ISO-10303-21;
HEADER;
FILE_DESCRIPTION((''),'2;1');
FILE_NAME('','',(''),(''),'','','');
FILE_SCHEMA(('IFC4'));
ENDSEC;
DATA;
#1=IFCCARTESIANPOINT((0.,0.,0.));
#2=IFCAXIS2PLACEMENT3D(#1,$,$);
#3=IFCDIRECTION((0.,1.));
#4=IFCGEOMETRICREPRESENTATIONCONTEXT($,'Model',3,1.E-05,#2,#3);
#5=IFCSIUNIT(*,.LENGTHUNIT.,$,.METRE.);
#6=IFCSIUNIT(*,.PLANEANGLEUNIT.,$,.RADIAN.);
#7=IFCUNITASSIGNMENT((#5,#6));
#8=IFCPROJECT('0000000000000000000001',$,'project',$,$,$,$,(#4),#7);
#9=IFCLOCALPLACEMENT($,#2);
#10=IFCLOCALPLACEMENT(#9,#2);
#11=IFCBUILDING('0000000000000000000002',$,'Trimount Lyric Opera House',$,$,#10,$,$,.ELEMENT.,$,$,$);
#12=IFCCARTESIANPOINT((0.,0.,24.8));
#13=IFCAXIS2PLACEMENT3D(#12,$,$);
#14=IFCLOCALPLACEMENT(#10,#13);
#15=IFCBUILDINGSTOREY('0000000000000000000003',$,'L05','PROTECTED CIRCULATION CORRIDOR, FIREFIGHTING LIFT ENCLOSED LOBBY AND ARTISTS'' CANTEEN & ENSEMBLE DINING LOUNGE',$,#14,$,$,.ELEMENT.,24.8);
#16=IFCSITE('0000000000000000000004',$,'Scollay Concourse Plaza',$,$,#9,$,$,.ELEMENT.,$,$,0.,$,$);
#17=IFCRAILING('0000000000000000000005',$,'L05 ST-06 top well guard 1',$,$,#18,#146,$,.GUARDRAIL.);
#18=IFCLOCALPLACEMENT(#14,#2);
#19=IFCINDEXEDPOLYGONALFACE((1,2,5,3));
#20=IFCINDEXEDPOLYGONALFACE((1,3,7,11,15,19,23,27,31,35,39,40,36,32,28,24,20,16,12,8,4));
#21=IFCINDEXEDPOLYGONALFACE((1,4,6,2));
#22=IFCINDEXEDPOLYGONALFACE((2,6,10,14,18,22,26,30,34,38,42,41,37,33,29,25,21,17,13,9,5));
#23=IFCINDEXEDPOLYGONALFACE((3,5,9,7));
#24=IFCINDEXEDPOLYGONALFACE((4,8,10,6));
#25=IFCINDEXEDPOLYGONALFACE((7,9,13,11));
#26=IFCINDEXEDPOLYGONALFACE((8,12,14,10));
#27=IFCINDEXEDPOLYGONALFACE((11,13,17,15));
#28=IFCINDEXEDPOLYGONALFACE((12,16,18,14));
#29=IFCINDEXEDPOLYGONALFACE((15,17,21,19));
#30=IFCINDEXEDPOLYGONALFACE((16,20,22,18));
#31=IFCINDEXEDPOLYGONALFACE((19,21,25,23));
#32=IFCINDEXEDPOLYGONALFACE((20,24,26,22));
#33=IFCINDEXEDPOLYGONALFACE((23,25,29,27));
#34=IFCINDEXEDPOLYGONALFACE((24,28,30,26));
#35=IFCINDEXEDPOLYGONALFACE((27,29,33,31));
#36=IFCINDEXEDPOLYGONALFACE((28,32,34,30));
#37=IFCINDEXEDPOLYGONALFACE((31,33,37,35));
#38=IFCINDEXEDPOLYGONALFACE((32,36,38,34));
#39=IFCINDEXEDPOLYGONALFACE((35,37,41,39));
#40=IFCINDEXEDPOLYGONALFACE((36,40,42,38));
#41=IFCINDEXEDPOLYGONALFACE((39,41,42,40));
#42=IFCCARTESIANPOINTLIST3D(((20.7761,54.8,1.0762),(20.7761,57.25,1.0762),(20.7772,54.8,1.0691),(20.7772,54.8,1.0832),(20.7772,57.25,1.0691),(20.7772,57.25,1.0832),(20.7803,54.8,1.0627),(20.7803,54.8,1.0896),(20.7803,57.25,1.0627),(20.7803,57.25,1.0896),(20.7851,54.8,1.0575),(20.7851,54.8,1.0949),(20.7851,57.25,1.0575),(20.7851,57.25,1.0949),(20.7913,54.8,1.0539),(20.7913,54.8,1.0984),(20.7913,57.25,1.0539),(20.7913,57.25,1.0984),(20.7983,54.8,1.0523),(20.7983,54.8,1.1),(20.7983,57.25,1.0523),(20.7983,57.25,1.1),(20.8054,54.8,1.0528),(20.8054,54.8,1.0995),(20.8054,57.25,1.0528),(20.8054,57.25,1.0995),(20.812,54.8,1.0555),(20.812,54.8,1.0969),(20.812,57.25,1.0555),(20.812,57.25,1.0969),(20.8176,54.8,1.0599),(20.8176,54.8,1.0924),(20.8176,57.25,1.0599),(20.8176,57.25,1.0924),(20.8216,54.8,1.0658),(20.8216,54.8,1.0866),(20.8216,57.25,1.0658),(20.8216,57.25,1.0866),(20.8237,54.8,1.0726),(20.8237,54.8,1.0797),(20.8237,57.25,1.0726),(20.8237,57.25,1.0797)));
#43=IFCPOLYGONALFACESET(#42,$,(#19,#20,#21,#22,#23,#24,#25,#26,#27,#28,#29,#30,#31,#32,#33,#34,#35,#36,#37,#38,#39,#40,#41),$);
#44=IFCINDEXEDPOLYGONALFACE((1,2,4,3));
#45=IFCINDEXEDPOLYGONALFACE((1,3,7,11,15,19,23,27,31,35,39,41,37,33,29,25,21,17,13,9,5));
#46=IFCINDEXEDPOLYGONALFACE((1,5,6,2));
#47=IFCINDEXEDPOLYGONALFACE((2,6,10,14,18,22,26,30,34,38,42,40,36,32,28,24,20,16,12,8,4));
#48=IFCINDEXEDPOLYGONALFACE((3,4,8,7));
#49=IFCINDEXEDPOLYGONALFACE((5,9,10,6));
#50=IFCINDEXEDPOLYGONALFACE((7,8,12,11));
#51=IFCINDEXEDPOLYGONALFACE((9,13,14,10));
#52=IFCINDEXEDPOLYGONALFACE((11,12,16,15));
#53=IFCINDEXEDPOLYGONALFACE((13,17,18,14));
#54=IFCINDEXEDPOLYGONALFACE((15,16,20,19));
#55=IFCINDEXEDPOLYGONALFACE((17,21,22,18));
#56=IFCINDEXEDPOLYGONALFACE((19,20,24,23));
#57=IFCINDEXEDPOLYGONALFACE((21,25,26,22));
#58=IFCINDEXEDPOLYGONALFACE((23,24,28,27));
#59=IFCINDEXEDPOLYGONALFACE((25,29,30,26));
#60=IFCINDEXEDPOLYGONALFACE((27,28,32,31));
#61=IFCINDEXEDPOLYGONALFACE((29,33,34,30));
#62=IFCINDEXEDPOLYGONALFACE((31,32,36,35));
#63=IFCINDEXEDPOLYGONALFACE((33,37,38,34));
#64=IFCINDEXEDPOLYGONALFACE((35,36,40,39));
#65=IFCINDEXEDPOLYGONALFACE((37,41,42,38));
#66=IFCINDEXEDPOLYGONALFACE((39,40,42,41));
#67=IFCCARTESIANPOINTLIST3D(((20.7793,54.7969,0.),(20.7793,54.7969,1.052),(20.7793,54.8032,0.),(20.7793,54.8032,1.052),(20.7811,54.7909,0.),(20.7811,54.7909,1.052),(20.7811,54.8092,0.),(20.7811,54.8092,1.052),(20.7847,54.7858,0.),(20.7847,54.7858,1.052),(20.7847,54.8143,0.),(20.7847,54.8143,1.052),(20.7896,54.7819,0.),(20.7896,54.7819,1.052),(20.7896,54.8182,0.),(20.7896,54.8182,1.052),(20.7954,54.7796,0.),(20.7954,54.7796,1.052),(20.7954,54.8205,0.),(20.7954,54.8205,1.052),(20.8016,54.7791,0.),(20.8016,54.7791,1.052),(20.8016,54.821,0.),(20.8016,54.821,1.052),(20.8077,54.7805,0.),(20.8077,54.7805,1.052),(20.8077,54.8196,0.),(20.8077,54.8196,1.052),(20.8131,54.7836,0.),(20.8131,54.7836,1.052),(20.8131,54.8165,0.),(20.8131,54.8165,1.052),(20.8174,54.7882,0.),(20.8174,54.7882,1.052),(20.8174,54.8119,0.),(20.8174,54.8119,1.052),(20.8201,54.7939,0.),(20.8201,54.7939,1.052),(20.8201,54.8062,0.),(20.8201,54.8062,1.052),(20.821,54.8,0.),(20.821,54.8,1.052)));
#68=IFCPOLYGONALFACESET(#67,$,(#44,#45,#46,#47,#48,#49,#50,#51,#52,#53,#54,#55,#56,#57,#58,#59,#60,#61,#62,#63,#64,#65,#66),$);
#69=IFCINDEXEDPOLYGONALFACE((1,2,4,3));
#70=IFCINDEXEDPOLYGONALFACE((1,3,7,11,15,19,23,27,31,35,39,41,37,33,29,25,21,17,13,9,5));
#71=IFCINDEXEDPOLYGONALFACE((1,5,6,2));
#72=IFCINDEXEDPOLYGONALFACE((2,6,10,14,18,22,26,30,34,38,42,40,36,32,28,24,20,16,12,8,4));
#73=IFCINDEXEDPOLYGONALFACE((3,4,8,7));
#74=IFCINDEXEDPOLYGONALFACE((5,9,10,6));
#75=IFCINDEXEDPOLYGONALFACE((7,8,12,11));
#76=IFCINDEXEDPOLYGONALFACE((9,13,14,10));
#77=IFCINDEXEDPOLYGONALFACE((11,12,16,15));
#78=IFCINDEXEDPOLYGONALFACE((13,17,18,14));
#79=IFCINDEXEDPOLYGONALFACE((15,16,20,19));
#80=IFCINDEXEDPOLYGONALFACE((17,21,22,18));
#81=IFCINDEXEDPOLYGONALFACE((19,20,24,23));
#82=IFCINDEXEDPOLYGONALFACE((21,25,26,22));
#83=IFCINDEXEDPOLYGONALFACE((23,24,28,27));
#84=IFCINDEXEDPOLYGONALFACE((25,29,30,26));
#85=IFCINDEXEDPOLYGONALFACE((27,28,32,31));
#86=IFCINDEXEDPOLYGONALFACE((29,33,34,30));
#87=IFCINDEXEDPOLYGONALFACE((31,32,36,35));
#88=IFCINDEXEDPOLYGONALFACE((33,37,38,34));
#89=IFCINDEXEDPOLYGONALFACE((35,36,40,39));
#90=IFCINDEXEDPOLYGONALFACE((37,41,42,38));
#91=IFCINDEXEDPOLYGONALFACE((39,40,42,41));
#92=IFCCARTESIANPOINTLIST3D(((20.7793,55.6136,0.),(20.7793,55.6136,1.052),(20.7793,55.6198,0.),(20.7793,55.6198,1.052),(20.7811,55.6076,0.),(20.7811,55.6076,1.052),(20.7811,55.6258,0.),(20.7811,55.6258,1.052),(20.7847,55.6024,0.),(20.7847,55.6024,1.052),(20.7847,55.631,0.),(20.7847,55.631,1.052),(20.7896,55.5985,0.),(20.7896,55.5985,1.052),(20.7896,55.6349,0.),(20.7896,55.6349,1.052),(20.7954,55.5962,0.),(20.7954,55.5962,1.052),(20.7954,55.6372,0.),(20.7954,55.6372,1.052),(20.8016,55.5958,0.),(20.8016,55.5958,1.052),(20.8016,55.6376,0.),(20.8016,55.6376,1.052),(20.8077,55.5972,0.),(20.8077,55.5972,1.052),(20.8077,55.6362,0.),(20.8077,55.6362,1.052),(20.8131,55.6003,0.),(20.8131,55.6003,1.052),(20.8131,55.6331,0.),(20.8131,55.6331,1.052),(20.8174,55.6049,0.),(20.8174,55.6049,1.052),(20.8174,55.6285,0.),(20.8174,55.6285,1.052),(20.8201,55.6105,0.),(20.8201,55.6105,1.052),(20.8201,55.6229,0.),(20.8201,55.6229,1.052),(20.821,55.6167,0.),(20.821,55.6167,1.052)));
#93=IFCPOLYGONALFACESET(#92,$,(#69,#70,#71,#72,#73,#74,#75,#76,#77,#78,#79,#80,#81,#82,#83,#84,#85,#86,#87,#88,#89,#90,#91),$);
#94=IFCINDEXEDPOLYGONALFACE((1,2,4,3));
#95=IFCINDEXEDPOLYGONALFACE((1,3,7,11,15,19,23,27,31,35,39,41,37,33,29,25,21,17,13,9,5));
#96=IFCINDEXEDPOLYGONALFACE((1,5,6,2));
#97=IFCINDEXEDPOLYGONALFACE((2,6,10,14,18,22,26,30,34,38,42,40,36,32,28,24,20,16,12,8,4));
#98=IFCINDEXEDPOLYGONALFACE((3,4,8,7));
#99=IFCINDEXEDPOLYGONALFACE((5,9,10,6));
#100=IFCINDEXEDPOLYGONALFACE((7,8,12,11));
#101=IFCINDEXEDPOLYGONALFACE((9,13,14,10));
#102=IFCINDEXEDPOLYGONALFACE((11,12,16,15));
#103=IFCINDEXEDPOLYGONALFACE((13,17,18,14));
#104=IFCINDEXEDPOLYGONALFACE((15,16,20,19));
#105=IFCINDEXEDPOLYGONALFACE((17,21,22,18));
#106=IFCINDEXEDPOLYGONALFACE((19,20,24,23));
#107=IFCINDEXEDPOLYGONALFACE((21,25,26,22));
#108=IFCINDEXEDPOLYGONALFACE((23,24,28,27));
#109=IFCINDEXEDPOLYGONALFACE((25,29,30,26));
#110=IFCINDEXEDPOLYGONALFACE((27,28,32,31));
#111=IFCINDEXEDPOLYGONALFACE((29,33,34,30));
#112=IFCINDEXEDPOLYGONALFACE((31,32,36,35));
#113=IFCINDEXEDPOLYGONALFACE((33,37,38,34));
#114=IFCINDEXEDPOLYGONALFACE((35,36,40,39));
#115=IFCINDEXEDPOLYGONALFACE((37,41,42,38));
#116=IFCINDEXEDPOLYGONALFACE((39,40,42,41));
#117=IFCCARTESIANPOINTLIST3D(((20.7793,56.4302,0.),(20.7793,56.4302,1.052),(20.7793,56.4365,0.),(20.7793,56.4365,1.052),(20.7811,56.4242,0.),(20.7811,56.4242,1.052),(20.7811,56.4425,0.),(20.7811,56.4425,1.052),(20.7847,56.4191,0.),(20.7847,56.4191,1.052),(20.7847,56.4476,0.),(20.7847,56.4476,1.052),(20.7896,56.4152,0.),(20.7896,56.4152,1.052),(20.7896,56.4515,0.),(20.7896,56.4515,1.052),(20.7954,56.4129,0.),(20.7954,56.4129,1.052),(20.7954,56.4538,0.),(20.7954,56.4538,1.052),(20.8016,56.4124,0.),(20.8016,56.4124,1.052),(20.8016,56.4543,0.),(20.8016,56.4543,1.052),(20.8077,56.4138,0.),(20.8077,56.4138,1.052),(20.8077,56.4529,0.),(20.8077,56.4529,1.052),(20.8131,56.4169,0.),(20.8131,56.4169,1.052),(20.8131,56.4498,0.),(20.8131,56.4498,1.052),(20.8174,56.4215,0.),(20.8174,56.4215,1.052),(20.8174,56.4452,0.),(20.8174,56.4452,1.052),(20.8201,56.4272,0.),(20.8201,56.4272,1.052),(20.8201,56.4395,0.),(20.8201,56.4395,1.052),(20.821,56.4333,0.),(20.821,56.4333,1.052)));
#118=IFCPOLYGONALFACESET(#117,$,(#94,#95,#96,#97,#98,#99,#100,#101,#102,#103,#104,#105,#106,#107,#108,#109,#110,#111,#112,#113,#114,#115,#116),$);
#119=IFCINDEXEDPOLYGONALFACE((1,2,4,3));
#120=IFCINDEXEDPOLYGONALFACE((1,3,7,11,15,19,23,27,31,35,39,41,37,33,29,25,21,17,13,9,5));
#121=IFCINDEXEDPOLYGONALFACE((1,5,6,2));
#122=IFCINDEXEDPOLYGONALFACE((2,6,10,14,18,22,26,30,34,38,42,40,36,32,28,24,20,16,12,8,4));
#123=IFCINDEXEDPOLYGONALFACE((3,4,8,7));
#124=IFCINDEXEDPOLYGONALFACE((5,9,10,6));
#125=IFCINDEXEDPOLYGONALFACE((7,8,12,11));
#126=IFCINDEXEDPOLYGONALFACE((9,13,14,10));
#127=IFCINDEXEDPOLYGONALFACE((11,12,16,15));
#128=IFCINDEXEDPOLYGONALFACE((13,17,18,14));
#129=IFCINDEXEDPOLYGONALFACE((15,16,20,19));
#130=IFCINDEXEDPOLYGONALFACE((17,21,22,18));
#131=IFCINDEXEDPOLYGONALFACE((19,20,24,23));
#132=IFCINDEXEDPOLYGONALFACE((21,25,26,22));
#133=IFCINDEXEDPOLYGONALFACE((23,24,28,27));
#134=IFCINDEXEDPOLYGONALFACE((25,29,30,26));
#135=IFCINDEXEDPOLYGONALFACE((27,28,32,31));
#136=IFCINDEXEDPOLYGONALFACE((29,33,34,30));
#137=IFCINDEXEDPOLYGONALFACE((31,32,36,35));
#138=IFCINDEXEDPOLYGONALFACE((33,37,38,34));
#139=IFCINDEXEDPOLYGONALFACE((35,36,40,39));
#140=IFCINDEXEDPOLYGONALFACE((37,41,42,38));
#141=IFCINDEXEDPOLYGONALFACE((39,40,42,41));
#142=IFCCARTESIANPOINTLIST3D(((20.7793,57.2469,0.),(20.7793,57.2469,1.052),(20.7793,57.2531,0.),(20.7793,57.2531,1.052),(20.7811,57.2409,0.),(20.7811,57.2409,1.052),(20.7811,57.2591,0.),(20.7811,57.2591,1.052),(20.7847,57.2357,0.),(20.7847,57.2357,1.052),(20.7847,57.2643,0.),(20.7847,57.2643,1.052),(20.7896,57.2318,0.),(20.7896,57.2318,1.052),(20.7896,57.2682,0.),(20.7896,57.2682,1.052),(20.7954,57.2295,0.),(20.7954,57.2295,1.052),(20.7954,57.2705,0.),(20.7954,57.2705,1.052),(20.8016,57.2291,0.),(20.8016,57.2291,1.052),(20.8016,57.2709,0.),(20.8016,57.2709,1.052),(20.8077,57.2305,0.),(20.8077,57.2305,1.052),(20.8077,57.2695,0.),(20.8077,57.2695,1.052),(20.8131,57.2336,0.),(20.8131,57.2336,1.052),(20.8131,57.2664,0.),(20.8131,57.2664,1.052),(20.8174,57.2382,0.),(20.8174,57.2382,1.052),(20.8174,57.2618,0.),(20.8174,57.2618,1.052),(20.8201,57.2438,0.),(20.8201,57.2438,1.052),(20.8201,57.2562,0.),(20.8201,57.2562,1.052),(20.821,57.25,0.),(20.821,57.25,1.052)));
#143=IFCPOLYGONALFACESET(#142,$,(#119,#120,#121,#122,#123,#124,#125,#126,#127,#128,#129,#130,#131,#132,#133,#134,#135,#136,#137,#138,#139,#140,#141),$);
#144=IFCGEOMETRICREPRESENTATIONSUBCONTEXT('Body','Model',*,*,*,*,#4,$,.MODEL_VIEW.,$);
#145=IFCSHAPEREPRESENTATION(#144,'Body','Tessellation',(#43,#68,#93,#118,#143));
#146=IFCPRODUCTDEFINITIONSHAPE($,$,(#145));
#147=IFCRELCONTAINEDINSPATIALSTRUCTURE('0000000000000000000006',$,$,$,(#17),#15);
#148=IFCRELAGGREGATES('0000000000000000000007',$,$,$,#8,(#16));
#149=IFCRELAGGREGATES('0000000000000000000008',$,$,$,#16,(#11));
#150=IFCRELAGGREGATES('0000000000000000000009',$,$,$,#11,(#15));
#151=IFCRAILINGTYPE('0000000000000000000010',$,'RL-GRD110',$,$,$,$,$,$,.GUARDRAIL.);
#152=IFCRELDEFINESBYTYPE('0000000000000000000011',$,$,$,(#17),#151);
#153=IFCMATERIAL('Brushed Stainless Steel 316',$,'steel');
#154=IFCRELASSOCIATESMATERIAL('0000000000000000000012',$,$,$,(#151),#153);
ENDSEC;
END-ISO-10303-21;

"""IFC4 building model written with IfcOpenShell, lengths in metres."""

from ifc_helpers import new_model, si_unit, direction, frame, origin, origin_2d, place, context, subcontext, project, spatial, circle, extrude, material, type_object, element, save


model = new_model("IFC4")

# Units and contexts
model_context = context("Model", 3, precision=1e-05, world=origin(), true_north=direction((0.0, 1.0)))
body_context = subcontext(model_context, "Body", "Model", "MODEL_VIEW")
ifc_project = project(units=[si_unit("LENGTHUNIT", "METRE"), si_unit("PLANEANGLEUNIT", "RADIAN")], contexts=[model_context])

# Site, building, storey
site_placement = place(None, origin())
site = spatial("IfcSite", under=ifc_project, at=site_placement, Name="Scollay Concourse Plaza", CompositionType="ELEMENT", RefElevation=0.0)
building_placement = place(site_placement, origin())
building = spatial("IfcBuilding", under=site, at=building_placement, Name="Trimount Lyric Opera House", CompositionType="ELEMENT")
storey_placement = place(building_placement, frame((0.0, 0.0, 24.8)))
storey = spatial("IfcBuildingStorey", under=building, at=storey_placement, Name="L05", Description="PROTECTED CIRCULATION CORRIDOR, FIREFIGHTING LIFT ENCLOSED LOBBY AND ARTISTS' CANTEEN & ENSEMBLE DINING LOUNGE", CompositionType="ELEMENT", Elevation=24.8)

# Railing
ifc_material_1 = material(Name="Brushed Stainless Steel 316", Category="steel")
railing_type = type_object("IfcRailingType", Name="RL-GRD110", PredefinedType="GUARDRAIL", material=ifc_material_1)
railing_placement = place(storey_placement, frame((20.8, 54.8, 0.0)))
element("IfcRailing", 1, at=railing_placement, inside=storey, type_object=railing_type, Name="L05 ST-06 top well guard 1", PredefinedType="GUARDRAIL", context=body_context, shape_type="SweptSolid", body=[
    extrude(circle(Radius=0.0239, at=origin_2d()), frame((0.0, 0.0, 1.0762), z_axis=(0.0, 1.0, 0.0), x_axis=(-1.0, 0.0, 0.0)), (0.0, 0.0, 1.0), 2.45),
    extrude(circle(Radius=0.021, at=origin_2d()), origin(), (0.0, 0.0, 1.0), 1.052),
    extrude(circle(Radius=0.021, at=origin_2d()), frame((0.0, 0.8167, 0.0)), (0.0, 0.0, 1.0), 1.052),
    extrude(circle(Radius=0.021, at=origin_2d()), frame((0.0, 1.6333, 0.0)), (0.0, 0.0, 1.0), 1.052),
    extrude(circle(Radius=0.021, at=origin_2d()), frame((0.0, 2.45, 0.0)), (0.0, 0.0, 1.0), 1.052),
])

save(model, "model.ifc")
